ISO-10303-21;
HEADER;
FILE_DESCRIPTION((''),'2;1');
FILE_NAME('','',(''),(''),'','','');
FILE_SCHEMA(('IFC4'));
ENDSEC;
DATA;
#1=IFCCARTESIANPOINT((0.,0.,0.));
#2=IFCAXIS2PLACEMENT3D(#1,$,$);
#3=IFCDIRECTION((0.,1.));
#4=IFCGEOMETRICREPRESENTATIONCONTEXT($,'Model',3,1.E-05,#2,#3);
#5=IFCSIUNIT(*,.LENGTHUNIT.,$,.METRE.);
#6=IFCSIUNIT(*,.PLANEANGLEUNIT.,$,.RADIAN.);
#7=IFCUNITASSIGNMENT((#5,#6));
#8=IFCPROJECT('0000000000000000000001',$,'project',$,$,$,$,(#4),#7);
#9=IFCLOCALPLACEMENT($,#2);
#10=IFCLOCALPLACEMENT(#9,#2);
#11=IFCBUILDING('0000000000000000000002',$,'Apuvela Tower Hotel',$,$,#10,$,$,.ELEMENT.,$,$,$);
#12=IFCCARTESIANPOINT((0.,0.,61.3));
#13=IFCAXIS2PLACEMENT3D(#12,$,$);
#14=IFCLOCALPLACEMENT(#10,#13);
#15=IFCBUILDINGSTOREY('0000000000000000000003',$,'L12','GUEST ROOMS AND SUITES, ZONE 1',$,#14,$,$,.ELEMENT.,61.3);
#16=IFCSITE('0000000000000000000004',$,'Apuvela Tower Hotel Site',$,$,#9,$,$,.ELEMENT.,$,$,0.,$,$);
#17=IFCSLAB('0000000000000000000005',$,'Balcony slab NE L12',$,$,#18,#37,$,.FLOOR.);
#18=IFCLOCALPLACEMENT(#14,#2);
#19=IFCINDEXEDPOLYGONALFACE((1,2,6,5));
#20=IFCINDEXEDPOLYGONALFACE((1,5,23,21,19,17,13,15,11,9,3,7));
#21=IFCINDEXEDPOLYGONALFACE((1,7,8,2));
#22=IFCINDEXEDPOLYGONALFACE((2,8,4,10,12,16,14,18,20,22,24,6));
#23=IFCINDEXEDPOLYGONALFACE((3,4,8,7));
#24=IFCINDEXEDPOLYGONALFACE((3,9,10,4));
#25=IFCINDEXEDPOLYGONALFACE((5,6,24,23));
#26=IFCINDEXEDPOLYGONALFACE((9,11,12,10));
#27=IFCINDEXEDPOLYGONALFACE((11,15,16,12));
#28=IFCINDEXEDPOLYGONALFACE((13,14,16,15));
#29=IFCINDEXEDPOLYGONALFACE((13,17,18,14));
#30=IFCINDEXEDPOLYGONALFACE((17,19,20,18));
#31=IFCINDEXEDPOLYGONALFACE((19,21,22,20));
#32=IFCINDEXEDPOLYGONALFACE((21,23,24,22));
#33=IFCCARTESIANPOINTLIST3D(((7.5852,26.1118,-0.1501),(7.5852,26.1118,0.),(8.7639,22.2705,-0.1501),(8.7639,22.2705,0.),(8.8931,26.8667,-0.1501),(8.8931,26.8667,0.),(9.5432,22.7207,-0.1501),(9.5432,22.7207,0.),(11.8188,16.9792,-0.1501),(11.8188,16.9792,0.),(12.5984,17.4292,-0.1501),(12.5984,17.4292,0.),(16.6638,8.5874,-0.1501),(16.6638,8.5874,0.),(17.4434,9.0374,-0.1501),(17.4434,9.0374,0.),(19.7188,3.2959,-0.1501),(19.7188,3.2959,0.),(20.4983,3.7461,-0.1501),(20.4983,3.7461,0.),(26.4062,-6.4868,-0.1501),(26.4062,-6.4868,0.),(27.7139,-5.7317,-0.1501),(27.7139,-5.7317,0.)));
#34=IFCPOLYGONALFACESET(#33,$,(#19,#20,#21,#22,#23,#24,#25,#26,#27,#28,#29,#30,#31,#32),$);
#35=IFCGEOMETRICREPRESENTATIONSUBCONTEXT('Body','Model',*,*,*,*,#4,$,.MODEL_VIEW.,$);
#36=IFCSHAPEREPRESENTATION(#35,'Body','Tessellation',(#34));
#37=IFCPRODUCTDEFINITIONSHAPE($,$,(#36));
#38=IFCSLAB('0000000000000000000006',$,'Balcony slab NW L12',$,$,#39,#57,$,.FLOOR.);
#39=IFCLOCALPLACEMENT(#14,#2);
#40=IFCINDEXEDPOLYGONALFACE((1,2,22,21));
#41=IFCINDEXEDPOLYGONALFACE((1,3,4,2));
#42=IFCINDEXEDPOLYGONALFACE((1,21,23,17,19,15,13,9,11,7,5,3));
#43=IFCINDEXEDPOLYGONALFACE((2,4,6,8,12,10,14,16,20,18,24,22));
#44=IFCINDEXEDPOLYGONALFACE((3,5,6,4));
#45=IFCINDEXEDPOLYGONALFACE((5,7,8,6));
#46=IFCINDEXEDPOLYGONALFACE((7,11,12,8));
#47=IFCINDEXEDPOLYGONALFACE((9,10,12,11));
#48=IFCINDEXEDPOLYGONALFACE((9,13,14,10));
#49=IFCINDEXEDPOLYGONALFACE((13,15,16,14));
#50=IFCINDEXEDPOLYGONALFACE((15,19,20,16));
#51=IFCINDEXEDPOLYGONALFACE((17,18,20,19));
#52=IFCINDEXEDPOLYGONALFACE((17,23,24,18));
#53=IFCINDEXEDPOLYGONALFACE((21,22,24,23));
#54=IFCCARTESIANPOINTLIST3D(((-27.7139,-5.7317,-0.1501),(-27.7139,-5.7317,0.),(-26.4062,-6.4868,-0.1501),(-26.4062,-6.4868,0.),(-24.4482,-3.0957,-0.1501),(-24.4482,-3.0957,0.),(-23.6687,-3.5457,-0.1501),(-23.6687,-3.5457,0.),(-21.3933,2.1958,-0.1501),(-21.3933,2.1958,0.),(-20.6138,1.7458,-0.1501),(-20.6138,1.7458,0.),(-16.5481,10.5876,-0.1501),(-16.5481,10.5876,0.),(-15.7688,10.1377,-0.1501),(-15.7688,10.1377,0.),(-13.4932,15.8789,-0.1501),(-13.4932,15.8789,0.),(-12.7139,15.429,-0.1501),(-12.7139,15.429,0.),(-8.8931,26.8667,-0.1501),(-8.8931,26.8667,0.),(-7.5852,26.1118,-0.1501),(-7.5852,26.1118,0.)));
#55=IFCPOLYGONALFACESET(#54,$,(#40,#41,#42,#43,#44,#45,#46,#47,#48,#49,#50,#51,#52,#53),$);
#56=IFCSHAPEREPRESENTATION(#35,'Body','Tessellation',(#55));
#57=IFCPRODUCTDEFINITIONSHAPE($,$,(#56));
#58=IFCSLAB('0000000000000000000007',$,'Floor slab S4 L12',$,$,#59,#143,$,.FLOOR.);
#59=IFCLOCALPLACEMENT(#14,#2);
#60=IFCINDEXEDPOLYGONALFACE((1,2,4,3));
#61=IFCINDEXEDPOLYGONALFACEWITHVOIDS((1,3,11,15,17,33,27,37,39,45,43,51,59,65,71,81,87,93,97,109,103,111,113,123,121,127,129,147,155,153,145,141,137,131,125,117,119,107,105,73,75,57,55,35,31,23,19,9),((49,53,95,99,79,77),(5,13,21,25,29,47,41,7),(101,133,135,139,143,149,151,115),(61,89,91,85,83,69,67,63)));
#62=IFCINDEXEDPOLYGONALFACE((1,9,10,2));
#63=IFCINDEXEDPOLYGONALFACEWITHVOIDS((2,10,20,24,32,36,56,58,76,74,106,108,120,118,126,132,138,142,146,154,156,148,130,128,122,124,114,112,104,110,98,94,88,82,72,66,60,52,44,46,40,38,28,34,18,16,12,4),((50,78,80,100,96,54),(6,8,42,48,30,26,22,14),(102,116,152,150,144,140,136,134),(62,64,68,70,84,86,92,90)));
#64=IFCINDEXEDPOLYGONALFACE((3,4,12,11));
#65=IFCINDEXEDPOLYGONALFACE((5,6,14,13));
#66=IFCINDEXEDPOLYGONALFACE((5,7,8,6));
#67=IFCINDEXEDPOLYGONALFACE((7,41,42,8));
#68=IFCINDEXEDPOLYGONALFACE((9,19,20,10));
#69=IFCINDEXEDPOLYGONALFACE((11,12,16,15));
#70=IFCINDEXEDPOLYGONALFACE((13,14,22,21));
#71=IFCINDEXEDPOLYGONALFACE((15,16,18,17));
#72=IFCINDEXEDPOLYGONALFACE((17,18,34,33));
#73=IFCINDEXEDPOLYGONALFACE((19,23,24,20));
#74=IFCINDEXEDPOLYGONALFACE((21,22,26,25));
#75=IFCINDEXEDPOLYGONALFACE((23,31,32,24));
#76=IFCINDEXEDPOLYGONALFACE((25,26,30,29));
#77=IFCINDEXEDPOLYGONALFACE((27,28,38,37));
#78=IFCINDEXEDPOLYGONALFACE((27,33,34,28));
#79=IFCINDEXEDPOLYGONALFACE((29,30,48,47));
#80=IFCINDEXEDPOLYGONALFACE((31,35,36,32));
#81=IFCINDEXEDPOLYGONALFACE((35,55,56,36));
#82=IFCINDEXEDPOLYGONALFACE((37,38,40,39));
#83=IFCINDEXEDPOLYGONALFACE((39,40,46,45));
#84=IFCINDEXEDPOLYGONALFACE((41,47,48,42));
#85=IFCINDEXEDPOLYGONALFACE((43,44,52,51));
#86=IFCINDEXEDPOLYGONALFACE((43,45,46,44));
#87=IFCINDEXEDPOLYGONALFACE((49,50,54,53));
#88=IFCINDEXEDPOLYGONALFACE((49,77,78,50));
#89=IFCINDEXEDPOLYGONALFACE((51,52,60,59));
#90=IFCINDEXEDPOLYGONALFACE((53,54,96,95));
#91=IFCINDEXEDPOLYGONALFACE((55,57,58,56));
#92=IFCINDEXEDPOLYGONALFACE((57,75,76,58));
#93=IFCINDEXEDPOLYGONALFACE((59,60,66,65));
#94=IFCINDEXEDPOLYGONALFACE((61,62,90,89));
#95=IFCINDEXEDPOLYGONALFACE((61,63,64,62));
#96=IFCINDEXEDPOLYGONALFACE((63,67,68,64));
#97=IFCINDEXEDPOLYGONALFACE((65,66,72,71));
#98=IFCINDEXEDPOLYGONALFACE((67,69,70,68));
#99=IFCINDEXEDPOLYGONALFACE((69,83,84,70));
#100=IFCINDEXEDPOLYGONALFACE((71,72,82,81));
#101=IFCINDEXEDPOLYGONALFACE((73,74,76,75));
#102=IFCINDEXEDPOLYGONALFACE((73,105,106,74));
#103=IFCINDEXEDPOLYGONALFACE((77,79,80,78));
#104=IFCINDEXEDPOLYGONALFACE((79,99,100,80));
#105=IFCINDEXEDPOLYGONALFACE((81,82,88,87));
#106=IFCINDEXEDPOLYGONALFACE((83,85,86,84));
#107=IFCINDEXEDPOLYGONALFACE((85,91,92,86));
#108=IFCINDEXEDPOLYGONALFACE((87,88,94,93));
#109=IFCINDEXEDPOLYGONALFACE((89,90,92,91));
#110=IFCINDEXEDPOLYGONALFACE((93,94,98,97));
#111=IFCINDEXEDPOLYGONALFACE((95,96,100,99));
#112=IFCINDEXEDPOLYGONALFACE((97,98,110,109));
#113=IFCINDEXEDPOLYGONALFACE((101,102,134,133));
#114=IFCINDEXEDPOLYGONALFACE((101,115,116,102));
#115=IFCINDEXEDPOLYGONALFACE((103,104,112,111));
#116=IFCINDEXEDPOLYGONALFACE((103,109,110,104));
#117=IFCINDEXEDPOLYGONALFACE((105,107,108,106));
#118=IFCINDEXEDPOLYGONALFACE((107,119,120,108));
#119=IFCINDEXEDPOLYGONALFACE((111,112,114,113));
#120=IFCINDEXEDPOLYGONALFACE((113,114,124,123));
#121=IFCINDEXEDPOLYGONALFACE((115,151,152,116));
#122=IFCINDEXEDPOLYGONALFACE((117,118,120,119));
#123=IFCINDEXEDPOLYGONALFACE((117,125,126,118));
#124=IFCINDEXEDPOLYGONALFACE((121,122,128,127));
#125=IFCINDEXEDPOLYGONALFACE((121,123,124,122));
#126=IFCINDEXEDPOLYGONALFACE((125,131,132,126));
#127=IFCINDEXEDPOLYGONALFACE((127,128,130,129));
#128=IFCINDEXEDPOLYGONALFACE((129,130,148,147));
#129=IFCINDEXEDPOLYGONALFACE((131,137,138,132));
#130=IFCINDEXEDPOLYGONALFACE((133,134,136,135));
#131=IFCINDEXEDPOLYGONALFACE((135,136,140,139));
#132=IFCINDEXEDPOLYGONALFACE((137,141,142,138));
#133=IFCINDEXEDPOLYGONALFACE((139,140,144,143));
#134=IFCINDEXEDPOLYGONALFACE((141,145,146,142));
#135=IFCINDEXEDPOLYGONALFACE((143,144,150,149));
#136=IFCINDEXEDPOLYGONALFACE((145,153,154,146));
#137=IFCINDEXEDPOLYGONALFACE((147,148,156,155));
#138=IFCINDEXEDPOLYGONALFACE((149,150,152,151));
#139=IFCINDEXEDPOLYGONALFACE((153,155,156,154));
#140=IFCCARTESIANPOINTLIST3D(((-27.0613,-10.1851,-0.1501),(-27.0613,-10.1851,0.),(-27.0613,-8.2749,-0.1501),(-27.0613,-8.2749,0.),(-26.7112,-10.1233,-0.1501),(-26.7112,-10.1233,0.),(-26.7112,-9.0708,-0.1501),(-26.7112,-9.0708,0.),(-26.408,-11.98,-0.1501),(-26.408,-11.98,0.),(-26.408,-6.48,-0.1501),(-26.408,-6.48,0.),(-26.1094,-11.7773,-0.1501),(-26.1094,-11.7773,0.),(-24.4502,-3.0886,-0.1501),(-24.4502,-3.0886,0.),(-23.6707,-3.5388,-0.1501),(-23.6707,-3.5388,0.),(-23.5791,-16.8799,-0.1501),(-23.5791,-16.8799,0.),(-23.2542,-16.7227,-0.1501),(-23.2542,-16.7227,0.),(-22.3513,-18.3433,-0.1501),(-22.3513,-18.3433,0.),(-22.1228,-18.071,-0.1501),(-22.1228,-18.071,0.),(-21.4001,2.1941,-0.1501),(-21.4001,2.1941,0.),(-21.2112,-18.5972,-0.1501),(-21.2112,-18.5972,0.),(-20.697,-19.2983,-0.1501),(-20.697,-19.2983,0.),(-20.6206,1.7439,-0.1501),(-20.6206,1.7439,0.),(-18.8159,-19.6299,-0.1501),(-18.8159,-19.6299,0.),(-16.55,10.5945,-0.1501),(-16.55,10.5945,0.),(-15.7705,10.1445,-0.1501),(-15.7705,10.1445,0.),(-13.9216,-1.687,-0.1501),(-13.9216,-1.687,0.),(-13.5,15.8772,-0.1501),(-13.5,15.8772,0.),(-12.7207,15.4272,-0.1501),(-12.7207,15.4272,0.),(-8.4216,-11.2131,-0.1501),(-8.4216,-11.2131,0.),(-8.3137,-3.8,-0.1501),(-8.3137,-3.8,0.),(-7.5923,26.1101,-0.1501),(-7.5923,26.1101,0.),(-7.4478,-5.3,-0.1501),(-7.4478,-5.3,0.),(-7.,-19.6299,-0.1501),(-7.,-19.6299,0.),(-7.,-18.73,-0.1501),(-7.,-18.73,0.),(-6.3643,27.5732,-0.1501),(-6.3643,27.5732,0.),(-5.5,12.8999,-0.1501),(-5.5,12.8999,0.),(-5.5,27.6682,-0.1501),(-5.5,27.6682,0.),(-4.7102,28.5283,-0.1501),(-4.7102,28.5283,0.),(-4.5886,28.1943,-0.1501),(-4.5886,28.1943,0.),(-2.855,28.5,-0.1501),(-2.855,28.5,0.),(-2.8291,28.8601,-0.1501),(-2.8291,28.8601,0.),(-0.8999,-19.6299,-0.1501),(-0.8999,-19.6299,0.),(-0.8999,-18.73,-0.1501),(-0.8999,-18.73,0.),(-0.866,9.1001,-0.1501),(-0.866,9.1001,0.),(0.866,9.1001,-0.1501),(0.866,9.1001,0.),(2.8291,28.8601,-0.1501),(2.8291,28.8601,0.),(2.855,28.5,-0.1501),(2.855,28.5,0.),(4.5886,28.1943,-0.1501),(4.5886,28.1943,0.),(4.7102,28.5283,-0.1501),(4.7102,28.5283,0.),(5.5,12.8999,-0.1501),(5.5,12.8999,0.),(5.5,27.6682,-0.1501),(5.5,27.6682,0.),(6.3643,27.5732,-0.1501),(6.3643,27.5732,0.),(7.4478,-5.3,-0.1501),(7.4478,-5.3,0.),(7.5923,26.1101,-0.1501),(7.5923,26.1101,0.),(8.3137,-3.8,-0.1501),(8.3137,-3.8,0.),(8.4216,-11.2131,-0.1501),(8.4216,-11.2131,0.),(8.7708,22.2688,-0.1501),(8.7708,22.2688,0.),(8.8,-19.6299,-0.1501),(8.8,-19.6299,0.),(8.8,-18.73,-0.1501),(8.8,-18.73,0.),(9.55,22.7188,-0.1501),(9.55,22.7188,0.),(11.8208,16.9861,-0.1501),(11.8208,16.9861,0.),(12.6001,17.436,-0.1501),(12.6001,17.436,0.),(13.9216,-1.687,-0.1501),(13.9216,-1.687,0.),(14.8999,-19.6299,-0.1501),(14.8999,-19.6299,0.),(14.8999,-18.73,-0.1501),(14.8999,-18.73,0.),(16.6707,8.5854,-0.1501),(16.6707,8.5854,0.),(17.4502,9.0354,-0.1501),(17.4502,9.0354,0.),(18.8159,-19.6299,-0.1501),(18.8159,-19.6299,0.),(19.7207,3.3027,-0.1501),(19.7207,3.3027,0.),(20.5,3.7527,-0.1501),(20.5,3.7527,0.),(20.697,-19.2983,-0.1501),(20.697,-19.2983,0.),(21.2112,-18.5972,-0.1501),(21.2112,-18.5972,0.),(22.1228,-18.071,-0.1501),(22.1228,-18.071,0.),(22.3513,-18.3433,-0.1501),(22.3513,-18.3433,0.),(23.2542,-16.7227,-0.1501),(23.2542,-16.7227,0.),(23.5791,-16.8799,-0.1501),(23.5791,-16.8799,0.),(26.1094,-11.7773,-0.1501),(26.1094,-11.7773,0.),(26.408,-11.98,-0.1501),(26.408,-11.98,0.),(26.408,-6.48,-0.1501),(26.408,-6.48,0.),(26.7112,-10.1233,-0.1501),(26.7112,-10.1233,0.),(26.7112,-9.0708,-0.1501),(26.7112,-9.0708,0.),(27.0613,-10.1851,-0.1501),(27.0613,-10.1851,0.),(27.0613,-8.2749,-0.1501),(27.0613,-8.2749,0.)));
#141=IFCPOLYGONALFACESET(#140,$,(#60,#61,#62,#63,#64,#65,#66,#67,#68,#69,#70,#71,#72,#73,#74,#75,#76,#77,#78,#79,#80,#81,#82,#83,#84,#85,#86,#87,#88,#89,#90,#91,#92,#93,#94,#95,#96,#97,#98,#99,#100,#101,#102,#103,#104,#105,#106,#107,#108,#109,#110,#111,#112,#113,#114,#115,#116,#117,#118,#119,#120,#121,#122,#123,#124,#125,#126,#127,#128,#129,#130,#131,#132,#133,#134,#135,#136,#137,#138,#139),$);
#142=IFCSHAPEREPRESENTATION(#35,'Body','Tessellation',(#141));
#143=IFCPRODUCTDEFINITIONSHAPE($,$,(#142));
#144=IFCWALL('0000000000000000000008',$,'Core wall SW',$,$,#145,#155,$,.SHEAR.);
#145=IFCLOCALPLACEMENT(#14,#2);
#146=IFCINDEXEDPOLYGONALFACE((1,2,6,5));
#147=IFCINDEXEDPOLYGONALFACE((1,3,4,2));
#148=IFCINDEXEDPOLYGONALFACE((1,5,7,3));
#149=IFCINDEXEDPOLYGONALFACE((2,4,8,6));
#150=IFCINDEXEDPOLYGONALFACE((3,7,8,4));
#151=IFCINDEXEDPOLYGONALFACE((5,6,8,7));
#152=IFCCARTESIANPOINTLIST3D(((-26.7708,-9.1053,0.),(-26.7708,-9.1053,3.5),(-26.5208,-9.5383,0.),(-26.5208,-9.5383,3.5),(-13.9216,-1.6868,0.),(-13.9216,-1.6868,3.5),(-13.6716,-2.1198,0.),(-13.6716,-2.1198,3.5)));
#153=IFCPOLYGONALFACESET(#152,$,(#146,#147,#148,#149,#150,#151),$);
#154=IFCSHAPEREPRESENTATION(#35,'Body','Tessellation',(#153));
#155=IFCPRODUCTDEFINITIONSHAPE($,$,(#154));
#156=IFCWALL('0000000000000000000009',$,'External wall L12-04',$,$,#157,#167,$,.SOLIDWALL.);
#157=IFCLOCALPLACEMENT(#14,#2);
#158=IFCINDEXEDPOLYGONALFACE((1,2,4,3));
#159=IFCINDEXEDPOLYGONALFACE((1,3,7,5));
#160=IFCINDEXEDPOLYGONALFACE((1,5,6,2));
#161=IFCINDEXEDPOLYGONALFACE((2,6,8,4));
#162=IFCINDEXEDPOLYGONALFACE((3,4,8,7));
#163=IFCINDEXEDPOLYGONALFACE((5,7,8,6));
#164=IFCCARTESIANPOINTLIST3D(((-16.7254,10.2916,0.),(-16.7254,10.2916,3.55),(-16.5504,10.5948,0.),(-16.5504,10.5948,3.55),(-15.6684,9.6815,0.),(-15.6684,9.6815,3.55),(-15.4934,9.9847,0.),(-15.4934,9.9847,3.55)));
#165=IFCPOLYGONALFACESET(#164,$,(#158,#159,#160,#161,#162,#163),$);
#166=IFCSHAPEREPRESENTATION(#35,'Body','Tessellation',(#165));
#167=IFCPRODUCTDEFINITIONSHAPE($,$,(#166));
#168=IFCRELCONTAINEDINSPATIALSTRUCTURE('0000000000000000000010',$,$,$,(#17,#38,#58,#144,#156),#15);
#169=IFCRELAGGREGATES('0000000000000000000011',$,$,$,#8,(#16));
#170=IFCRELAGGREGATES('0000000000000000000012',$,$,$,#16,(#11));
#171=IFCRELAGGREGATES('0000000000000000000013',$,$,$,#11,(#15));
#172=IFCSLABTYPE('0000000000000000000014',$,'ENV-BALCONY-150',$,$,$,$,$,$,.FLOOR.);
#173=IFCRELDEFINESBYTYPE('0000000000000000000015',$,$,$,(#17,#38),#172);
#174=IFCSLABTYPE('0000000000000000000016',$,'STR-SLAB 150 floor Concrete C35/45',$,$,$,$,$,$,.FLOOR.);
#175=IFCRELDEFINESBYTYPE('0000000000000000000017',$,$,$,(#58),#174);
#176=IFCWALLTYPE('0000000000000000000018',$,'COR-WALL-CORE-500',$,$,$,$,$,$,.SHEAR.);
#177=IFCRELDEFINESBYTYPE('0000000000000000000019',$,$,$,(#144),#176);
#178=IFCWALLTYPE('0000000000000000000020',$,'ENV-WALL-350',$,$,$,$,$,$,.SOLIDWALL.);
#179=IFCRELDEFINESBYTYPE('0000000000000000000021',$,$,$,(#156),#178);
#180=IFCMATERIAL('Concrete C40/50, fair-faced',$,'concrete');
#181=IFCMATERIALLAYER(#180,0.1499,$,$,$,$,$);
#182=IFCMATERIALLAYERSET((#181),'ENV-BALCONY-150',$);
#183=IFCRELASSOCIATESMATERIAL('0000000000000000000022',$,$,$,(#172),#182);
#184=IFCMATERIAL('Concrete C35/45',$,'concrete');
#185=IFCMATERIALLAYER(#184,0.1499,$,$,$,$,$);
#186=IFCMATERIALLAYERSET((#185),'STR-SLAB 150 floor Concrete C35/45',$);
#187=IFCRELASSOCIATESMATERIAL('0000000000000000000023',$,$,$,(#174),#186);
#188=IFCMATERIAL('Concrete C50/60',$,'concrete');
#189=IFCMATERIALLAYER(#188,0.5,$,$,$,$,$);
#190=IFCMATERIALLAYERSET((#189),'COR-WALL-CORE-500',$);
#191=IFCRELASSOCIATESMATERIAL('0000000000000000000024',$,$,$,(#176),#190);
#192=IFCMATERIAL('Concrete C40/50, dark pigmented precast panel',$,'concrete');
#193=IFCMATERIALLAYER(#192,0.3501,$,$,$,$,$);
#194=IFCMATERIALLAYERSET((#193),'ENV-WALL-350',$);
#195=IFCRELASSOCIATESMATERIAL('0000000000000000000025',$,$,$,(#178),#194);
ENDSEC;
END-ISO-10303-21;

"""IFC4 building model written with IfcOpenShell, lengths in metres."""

from ifc_helpers import new_model, si_unit, direction, frame, frame_2d, origin, place, context, subcontext, project, spatial, polyline, rectangle, outline, extrude, material, layer, layer_set, type_object, element, save


model = new_model("IFC4")

# Units and contexts
model_context = context("Model", 3, precision=1e-05, world=origin(), true_north=direction((0.0, 1.0)))
body_context = subcontext(model_context, "Body", "Model", "MODEL_VIEW")
ifc_project = project(units=[si_unit("LENGTHUNIT", "METRE"), si_unit("PLANEANGLEUNIT", "RADIAN")], contexts=[model_context])

# Site, building, storey
site_placement = place(None, origin())
site = spatial("IfcSite", under=ifc_project, at=site_placement, Name="Apuvela Tower Hotel Site", CompositionType="ELEMENT", RefElevation=0.0)
building_placement = place(site_placement, origin())
building = spatial("IfcBuilding", under=site, at=building_placement, Name="Apuvela Tower Hotel", CompositionType="ELEMENT")
storey_placement = place(building_placement, frame((0.0, 0.0, 61.3)))
storey = spatial("IfcBuildingStorey", under=building, at=storey_placement, Name="L12", Description="GUEST ROOMS AND SUITES, ZONE 1", CompositionType="ELEMENT", Elevation=61.3)

# Shared definitions
ifc_material_1 = material(Name="Concrete C50/60", Category="concrete")

# Slabs
ifc_material_2 = material(Name="Concrete C40/50, fair-faced", Category="concrete")
ifc_layer_1 = layer(ifc_material_2, 0.1499)
ifc_layer_set_1 = layer_set([ifc_layer_1], Name="ENV-BALCONY-150")
slab_type_1 = type_object("IfcSlabType", Name="ENV-BALCONY-150", PredefinedType="FLOOR", material=ifc_layer_set_1)
slab_1_placement = place(storey_placement, frame((0.0, 0.0, -0.1501)))
element("IfcSlab", 1, at=slab_1_placement, inside=storey, type_object=slab_type_1, Name="Balcony slab NE L12", PredefinedType="FLOOR", context=body_context, shape_type="SweptSolid", body=[
    extrude(outline(polyline([(17.4434, 9.0374), (12.5984, 17.4292), (11.8188, 16.9792), (8.7639, 22.2705), (9.5432, 22.7207), (7.5852, 26.1118), (8.8931, 26.8667), (27.7139, -5.7317), (26.4062, -6.4868), (20.4983, 3.7461), (19.7188, 3.2959), (16.6638, 8.5874), (17.4434, 9.0374)])), origin(), (0.0, 0.0, 1.0), 0.1501),
])
slab_2_placement = place(storey_placement, frame((0.0, 0.0, -0.1501)))
element("IfcSlab", 2, at=slab_2_placement, inside=storey, type_object=slab_type_1, Name="Balcony slab NW L12", PredefinedType="FLOOR", context=body_context, shape_type="SweptSolid", body=[
    extrude(outline(polyline([(-27.7139, -5.7317), (-8.8931, 26.8667), (-7.5852, 26.1118), (-13.4932, 15.8789), (-12.7139, 15.429), (-15.7688, 10.1377), (-16.5481, 10.5876), (-21.3933, 2.1958), (-20.6138, 1.7458), (-23.6687, -3.5457), (-24.4482, -3.0957), (-26.4062, -6.4868), (-27.7139, -5.7317)])), origin(), (0.0, 0.0, 1.0), 0.1501),
])
ifc_material_3 = material(Name="Concrete C35/45", Category="concrete")
ifc_layer_2 = layer(ifc_material_3, 0.1499)
ifc_layer_set_2 = layer_set([ifc_layer_2], Name="STR-SLAB 150 floor Concrete C35/45")
slab_type_2 = type_object("IfcSlabType", Name="STR-SLAB 150 floor Concrete C35/45", PredefinedType="FLOOR", material=ifc_layer_set_2)
slab_3_placement = place(storey_placement, frame((0.0, 0.0, -0.1501)))
element("IfcSlab", 3, at=slab_3_placement, inside=storey, type_object=slab_type_2, Name="Floor slab S4 L12", PredefinedType="FLOOR", context=body_context, shape_type="SweptSolid", body=[
    extrude(outline(polyline([(-6.3643, 27.5732), (-4.7102, 28.5283), (-2.8291, 28.8601), (2.8291, 28.8601), (4.7102, 28.5283), (6.3643, 27.5732), (7.5923, 26.1101), (9.55, 22.7188), (8.7708, 22.2688), (11.8208, 16.9861), (12.6001, 17.436), (17.4502, 9.0354), (16.6707, 8.5854), (19.7207, 3.3027), (20.5, 3.7527), (26.408, -6.48), (27.0613, -8.2749), (27.0613, -10.1851), (26.408, -11.98), (23.5791, -16.8799), (22.3513, -18.3433), (20.697, -19.2983), (18.8159, -19.6299), (14.8999, -19.6299), (14.8999, -18.73), (8.8, -18.73), (8.8, -19.6299), (-0.8999, -19.6299), (-0.8999, -18.73), (-7.0, -18.73), (-7.0, -19.6299), (-18.8159, -19.6299), (-20.697, -19.2983), (-22.3513, -18.3433), (-23.5791, -16.8799), (-26.408, -11.98), (-27.0613, -10.1851), (-27.0613, -8.2749), (-26.408, -6.48), (-24.4502, -3.0886), (-23.6707, -3.5388), (-20.6206, 1.7439), (-21.4001, 2.1941), (-16.55, 10.5945), (-15.7705, 10.1445), (-12.7207, 15.4272), (-13.5, 15.8772), (-7.5923, 26.1101), (-6.3643, 27.5732)]), holes=[polyline([(0.866, 9.1001), (-0.866, 9.1001), (-8.3137, -3.8), (-7.4478, -5.3), (7.4478, -5.3), (8.3137, -3.8), (0.866, 9.1001)]), polyline([(-5.5, 12.8999), (-5.5, 27.6682), (-4.5886, 28.1943), (-2.855, 28.5), (2.855, 28.5), (4.5886, 28.1943), (5.5, 27.6682), (5.5, 12.8999), (-5.5, 12.8999)]), polyline([(-8.4216, -11.2131), (-21.2112, -18.5972), (-22.1228, -18.071), (-23.2542, -16.7227), (-26.1094, -11.7773), (-26.7112, -10.1233), (-26.7112, -9.0708), (-13.9216, -1.687), (-8.4216, -11.2131)]), polyline([(13.9216, -1.687), (26.7112, -9.0708), (26.7112, -10.1233), (26.1094, -11.7773), (23.2542, -16.7227), (22.1228, -18.071), (21.2112, -18.5972), (8.4216, -11.2131), (13.9216, -1.687)])]), origin(), (0.0, 0.0, 1.0), 0.1501),
])

# Walls
ifc_layer_3 = layer(ifc_material_1, 0.5)
ifc_layer_set_3 = layer_set([ifc_layer_3], Name="COR-WALL-CORE-500")
wall_type_1 = type_object("IfcWallType", Name="COR-WALL-CORE-500", PredefinedType="SHEAR", material=ifc_layer_set_3)
wall_1_placement = place(storey_placement, frame((-13.7966, -1.9033, 0.0), z_axis=(0.0, 0.0, 1.0), x_axis=(-0.866025, -0.500001, 0.0)))
element("IfcWall", 4, at=wall_1_placement, inside=storey, type_object=wall_type_1, Name="Core wall SW", PredefinedType="SHEAR", context=body_context, shape_type="SweptSolid", body=[
    extrude(rectangle(XDim=14.8369, YDim=0.5, at=frame_2d((7.4185, 0.0))), origin(), (0.0, 0.0, 1.0), 3.5),
])
ifc_material_4 = material(Name="Concrete C40/50, dark pigmented precast panel", Category="concrete")
ifc_layer_4 = layer(ifc_material_4, 0.3501)
ifc_layer_set_4 = layer_set([ifc_layer_4], Name="ENV-WALL-350")
wall_type_2 = type_object("IfcWallType", Name="ENV-WALL-350", PredefinedType="SOLIDWALL", material=ifc_layer_set_4)
wall_2_placement = place(storey_placement, frame((-15.5808, 9.833, 0.0), z_axis=(0.0, 0.0, 1.0), x_axis=(-0.866056, 0.499948, 0.0)))
element("IfcWall", 5, at=wall_2_placement, inside=storey, type_object=wall_type_2, Name="External wall L12-04", PredefinedType="SOLIDWALL", context=body_context, shape_type="SweptSolid", body=[
    extrude(rectangle(XDim=1.2205, YDim=0.3501, at=frame_2d((0.6104, 0.0))), origin(), (0.0, 0.0, 1.0), 3.55),
])

save(model, "model.ifc")
